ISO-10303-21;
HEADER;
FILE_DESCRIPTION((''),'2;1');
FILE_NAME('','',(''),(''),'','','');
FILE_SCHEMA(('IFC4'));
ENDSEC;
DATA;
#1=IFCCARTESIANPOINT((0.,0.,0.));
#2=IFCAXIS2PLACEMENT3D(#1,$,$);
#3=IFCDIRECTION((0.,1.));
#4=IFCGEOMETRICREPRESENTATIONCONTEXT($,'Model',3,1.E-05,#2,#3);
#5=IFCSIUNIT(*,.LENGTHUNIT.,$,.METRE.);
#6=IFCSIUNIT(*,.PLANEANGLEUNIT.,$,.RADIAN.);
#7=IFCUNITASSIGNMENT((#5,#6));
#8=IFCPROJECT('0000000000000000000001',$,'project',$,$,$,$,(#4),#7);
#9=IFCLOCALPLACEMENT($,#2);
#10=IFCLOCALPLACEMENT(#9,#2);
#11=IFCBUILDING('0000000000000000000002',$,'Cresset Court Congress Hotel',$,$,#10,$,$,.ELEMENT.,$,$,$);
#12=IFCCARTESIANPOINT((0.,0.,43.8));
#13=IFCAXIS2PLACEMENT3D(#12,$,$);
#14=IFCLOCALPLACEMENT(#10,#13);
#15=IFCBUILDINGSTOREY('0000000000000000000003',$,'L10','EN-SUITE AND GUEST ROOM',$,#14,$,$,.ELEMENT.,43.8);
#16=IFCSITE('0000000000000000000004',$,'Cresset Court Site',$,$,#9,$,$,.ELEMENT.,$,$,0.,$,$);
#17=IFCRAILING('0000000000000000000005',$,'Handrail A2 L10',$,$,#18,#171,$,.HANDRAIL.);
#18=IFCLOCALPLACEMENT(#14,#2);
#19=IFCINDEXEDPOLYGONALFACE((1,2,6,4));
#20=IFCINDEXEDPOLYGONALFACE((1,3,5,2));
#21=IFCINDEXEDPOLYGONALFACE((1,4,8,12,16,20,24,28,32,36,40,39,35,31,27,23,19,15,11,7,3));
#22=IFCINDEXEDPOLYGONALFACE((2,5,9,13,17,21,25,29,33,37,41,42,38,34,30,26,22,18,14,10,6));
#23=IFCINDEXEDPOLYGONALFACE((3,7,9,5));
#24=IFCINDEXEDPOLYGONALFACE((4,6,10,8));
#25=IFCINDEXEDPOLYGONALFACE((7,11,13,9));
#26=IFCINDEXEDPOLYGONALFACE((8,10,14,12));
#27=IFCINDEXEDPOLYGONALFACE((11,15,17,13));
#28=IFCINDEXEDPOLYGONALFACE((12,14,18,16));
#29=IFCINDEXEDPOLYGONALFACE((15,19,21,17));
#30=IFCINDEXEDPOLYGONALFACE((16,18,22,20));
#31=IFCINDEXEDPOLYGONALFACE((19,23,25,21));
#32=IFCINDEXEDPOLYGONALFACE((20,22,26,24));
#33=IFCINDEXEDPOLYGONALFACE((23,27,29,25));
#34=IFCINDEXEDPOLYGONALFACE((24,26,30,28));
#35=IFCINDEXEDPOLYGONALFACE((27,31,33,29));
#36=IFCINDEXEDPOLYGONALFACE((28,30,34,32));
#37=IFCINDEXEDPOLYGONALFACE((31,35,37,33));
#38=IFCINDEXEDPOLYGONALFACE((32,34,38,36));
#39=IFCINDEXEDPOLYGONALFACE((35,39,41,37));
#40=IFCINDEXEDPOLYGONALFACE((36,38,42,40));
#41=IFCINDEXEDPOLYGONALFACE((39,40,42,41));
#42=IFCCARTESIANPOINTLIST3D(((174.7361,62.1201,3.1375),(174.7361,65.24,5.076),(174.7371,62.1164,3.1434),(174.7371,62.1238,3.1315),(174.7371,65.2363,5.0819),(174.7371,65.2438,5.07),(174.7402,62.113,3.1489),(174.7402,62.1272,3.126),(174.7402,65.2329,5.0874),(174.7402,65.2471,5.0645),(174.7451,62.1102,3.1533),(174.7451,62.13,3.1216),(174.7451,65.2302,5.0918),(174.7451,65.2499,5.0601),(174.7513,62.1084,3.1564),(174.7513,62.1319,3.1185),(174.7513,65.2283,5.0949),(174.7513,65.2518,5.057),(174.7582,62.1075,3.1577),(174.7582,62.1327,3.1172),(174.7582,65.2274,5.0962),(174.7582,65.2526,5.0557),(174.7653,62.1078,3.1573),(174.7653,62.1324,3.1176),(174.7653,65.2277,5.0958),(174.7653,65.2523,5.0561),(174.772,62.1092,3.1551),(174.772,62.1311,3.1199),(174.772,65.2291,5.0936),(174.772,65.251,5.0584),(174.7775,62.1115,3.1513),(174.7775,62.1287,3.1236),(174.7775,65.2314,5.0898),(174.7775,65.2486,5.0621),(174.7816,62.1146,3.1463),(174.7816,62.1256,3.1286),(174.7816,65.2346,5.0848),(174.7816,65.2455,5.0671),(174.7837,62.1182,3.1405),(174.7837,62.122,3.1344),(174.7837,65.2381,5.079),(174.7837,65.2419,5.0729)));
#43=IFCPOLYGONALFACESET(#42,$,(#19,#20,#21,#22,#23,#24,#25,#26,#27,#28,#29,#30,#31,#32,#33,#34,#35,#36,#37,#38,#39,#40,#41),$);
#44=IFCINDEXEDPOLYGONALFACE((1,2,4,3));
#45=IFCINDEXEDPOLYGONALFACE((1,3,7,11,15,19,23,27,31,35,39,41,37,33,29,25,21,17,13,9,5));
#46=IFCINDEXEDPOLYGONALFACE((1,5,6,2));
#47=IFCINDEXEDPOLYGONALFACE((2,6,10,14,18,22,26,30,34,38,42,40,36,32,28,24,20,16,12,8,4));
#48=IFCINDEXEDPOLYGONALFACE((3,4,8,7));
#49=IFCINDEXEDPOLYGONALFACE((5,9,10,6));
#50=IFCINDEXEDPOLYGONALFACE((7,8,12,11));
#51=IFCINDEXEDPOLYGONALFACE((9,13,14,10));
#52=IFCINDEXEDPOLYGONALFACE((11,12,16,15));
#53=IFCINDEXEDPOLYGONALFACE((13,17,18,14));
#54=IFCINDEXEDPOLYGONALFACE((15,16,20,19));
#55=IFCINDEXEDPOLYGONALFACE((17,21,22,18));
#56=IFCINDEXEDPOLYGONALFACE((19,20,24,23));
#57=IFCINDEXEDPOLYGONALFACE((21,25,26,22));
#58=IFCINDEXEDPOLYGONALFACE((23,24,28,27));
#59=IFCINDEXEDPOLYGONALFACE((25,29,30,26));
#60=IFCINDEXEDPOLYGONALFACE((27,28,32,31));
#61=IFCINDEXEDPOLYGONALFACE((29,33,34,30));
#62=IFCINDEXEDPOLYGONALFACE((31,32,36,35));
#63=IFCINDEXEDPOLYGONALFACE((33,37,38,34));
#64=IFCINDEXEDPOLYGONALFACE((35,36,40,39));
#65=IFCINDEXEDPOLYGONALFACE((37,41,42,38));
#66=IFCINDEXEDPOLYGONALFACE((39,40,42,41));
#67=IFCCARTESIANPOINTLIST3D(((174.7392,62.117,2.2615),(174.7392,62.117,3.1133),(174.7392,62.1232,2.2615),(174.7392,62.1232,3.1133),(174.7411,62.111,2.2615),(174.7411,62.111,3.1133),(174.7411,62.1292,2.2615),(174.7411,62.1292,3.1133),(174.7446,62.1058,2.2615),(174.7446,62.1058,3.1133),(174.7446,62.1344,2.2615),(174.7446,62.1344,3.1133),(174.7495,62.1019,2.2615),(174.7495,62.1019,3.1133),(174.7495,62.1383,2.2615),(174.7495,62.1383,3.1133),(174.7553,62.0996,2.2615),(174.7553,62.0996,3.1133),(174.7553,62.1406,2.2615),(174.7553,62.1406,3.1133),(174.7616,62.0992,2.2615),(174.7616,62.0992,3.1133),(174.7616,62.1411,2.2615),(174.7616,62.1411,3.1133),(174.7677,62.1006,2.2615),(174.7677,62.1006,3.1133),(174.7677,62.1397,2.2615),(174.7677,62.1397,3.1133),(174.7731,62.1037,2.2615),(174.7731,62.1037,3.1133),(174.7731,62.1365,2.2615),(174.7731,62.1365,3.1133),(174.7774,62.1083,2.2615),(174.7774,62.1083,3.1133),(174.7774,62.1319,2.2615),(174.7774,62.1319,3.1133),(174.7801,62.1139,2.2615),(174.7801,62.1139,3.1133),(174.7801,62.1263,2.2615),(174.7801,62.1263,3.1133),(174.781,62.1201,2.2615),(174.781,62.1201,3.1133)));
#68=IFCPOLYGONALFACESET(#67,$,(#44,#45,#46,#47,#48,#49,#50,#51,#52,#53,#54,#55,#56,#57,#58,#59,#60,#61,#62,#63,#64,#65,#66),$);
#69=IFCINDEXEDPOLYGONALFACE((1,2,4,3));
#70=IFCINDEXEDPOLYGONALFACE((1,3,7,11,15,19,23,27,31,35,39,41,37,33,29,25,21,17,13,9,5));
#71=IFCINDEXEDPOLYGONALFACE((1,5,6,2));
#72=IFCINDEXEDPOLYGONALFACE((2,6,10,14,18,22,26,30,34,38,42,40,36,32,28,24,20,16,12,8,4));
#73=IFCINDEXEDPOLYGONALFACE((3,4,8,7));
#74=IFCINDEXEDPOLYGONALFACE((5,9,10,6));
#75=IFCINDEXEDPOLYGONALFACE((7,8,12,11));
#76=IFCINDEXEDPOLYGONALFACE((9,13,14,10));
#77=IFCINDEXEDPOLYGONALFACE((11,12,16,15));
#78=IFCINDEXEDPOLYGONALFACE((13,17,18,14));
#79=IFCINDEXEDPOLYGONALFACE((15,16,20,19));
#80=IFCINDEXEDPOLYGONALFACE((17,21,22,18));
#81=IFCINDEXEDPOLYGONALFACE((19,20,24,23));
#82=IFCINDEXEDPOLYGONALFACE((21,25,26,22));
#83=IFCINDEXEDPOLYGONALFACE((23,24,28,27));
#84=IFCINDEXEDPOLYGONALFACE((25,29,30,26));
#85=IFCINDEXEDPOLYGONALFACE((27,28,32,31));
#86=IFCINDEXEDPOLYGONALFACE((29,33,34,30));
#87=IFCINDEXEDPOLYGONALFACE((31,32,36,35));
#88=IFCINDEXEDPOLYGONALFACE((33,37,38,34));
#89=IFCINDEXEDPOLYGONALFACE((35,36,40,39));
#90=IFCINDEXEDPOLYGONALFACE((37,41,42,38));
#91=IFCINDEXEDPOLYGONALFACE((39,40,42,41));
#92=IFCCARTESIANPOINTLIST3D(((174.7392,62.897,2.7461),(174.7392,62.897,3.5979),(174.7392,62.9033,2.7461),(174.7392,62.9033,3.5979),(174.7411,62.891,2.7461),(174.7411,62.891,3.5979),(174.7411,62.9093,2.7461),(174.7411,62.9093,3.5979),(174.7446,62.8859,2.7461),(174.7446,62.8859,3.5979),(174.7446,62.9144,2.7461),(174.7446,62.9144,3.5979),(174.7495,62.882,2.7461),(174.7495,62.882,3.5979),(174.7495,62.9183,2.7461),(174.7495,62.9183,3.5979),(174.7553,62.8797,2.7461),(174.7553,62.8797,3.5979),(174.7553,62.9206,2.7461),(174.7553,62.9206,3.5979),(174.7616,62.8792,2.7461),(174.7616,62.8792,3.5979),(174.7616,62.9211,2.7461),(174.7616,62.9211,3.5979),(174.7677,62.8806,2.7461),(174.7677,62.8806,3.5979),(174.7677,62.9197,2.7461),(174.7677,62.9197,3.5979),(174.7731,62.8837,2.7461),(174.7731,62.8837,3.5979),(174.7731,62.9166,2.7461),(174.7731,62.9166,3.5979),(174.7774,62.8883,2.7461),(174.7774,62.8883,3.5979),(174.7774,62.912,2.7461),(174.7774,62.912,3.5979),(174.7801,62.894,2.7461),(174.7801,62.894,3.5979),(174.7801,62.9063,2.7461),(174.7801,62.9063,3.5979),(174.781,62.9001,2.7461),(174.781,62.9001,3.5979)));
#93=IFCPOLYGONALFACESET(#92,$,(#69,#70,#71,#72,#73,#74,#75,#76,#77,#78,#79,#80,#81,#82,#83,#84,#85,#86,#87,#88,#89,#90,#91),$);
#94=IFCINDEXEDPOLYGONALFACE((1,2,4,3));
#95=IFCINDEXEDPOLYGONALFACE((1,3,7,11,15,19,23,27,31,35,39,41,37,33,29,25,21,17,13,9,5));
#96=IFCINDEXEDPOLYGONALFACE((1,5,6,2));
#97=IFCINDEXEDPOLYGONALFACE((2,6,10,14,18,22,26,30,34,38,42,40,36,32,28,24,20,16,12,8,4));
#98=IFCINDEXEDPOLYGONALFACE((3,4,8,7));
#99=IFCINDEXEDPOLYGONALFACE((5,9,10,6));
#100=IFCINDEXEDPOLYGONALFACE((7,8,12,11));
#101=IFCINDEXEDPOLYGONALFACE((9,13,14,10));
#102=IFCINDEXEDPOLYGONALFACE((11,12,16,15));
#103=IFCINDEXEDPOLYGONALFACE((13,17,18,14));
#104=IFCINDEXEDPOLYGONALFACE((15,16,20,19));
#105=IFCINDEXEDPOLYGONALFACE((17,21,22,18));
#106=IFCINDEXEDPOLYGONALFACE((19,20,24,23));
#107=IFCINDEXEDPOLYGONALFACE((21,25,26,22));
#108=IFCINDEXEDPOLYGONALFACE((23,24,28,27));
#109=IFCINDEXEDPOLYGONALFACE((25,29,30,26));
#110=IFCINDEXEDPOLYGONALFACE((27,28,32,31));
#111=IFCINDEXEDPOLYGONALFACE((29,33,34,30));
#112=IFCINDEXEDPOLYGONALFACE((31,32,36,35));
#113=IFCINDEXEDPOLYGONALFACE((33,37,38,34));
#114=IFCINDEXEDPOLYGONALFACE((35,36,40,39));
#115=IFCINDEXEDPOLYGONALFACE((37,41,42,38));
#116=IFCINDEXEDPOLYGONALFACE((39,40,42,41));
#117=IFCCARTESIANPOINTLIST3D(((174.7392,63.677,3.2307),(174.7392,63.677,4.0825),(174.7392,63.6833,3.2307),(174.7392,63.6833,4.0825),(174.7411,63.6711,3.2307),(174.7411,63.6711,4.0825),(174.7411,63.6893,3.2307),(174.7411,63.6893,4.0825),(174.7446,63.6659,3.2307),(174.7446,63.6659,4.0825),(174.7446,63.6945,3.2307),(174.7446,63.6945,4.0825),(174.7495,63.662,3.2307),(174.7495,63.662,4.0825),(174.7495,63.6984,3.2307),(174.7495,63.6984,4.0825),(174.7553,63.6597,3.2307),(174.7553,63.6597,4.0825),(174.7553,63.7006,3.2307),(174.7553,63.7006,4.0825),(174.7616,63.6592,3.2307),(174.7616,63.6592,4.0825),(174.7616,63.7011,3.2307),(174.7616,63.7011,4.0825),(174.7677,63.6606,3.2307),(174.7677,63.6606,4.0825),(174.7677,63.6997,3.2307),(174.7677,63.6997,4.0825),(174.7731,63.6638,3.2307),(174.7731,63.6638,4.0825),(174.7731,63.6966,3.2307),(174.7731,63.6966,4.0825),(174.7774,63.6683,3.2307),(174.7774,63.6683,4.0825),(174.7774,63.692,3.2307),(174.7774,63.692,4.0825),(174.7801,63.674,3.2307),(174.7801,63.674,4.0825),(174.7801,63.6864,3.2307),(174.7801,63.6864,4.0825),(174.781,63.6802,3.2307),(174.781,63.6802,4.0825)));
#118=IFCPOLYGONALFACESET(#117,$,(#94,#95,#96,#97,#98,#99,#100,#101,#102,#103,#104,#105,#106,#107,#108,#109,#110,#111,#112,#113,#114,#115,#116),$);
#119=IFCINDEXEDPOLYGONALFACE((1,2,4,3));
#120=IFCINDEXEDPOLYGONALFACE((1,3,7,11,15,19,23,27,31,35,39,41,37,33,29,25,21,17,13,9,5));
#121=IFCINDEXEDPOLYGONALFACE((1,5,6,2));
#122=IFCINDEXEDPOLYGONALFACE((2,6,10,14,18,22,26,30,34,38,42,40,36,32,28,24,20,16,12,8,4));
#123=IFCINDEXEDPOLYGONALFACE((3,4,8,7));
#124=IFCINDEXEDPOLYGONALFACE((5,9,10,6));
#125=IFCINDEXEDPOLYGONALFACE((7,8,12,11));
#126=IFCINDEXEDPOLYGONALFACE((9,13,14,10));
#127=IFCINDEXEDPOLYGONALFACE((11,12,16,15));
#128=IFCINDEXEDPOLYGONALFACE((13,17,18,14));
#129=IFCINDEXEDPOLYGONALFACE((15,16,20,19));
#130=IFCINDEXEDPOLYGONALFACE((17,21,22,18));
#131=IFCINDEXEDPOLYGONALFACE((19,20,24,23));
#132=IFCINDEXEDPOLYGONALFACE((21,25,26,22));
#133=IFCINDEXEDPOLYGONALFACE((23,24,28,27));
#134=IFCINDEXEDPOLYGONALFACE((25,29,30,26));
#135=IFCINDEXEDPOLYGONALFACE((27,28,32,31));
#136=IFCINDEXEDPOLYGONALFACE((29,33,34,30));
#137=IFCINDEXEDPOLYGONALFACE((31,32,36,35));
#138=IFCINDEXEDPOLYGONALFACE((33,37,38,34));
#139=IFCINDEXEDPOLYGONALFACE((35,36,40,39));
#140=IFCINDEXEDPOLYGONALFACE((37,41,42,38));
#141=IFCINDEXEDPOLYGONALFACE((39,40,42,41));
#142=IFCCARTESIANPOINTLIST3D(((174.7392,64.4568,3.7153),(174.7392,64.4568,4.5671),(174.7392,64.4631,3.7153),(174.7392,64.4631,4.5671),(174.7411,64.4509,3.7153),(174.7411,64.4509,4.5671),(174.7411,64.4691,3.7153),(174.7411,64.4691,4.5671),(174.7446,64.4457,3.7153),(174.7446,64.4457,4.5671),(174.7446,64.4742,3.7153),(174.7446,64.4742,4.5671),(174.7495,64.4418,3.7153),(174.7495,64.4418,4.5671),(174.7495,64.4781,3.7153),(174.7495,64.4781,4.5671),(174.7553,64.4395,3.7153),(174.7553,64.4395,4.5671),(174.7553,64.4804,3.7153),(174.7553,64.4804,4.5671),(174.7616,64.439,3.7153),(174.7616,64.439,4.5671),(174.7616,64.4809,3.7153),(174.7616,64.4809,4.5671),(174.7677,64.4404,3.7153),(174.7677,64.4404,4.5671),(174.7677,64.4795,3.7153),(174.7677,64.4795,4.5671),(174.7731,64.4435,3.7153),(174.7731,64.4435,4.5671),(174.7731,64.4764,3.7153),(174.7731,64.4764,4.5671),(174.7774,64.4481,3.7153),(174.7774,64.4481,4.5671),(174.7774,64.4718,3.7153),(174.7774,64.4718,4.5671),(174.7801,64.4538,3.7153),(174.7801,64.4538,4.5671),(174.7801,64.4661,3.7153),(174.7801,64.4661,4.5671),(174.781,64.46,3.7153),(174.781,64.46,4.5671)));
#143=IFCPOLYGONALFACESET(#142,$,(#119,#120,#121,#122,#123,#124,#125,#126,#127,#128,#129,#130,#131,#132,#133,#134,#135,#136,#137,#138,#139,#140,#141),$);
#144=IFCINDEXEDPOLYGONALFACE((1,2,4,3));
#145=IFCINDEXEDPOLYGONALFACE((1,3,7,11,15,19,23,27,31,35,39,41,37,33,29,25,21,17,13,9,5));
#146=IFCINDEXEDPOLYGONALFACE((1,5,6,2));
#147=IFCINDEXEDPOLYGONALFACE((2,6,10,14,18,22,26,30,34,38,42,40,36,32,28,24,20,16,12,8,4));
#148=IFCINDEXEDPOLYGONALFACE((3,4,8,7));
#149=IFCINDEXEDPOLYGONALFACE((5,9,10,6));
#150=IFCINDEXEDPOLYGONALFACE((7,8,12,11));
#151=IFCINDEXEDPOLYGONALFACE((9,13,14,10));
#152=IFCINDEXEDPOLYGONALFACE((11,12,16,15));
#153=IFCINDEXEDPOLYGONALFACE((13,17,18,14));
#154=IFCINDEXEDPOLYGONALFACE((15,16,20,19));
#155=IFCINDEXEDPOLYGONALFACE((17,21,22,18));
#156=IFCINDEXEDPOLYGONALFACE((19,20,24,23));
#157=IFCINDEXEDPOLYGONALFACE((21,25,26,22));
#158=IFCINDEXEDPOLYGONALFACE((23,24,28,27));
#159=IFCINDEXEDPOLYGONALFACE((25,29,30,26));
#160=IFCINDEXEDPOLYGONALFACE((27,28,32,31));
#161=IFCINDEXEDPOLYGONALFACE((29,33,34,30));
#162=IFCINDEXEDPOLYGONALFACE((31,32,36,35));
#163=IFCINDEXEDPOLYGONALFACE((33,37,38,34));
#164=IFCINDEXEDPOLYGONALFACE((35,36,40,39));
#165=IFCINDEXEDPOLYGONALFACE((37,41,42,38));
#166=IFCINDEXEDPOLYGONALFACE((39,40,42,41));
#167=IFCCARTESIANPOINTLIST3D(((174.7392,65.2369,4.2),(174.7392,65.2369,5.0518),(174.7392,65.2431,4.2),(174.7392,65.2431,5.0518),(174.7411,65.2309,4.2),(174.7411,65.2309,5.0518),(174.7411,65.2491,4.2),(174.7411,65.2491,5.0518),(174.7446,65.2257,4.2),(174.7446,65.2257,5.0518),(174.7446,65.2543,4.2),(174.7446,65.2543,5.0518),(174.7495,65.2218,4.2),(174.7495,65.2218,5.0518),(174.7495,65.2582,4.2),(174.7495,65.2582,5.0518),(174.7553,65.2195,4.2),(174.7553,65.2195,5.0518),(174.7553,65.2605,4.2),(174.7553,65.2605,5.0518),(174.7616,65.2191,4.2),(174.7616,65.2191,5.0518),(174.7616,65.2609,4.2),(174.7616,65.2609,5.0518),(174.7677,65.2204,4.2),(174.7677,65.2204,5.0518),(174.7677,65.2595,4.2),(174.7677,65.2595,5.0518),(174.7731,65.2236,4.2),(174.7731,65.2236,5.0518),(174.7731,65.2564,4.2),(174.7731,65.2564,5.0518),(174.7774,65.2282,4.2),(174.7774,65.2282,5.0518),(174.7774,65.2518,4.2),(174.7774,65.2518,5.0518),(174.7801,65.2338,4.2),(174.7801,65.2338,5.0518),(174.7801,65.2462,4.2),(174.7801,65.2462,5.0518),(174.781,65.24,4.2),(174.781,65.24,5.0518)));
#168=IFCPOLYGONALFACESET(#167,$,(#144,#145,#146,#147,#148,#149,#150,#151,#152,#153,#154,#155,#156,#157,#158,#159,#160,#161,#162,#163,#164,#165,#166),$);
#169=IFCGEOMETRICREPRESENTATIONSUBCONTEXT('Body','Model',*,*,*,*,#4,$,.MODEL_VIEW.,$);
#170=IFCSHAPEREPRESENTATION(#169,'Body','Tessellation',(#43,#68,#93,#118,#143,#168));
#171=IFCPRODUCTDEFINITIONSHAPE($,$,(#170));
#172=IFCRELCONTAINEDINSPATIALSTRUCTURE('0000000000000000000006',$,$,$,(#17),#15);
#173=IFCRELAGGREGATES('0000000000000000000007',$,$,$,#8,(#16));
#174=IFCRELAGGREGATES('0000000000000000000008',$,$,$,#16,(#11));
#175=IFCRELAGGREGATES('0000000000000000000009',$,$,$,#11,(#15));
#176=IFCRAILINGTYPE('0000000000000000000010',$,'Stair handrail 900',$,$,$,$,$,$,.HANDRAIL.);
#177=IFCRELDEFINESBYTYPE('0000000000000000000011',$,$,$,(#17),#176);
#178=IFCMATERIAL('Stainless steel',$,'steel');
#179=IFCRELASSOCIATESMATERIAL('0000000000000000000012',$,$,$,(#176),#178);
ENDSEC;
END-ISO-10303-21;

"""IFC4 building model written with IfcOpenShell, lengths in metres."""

from ifc_helpers import new_model, si_unit, direction, frame, origin, origin_2d, place, context, subcontext, project, spatial, circle, extrude, material, type_object, element, save


model = new_model("IFC4")

# Units and contexts
model_context = context("Model", 3, precision=1e-05, world=origin(), true_north=direction((0.0, 1.0)))
body_context = subcontext(model_context, "Body", "Model", "MODEL_VIEW")
ifc_project = project(units=[si_unit("LENGTHUNIT", "METRE"), si_unit("PLANEANGLEUNIT", "RADIAN")], contexts=[model_context])

# Site, building, storey
site_placement = place(None, origin())
site = spatial("IfcSite", under=ifc_project, at=site_placement, Name="Cresset Court Site", CompositionType="ELEMENT", RefElevation=0.0)
building_placement = place(site_placement, origin())
building = spatial("IfcBuilding", under=site, at=building_placement, Name="Cresset Court Congress Hotel", CompositionType="ELEMENT")
storey_placement = place(building_placement, frame((0.0, 0.0, 43.8)))
storey = spatial("IfcBuildingStorey", under=building, at=storey_placement, Name="L10", Description="EN-SUITE AND GUEST ROOM", CompositionType="ELEMENT", Elevation=43.8)

# Railing
ifc_material_1 = material(Name="Stainless steel", Category="steel")
railing_type_1 = type_object("IfcRailingType", Name="Stair handrail 900", PredefinedType="HANDRAIL", material=ifc_material_1)
railing_1_placement = place(storey_placement, frame((174.76, 62.1201, 2.2615)))
element("IfcRailing", 1, at=railing_1_placement, inside=storey, type_object=railing_type_1, Name="Handrail A2 L10", PredefinedType="HANDRAIL", context=body_context, shape_type="SweptSolid", body=[
    extrude(circle(Radius=0.0239, at=origin_2d()), frame((0.0, 0.0, 0.876), z_axis=(0.0, 0.849396, 0.527757), x_axis=(-1.0, 0.0, 0.0)), (0.0, 0.0, 1.0), 3.6731),
    extrude(circle(Radius=0.021, at=origin_2d()), origin(), (0.0, 0.0, 1.0), 0.8518),
    extrude(circle(Radius=0.021, at=origin_2d()), frame((0.0, 0.78, 0.4846)), (0.0, 0.0, 1.0), 0.8518),
    extrude(circle(Radius=0.021, at=origin_2d()), frame((0.0, 1.5601, 0.9692)), (0.0, 0.0, 1.0), 0.8518),
    extrude(circle(Radius=0.021, at=origin_2d()), frame((0.0, 2.3398, 1.4539)), (0.0, 0.0, 1.0), 0.8518),
    extrude(circle(Radius=0.021, at=origin_2d()), frame((0.0, 3.1199, 1.9385)), (0.0, 0.0, 1.0), 0.8518),
])

save(model, "model.ifc")
